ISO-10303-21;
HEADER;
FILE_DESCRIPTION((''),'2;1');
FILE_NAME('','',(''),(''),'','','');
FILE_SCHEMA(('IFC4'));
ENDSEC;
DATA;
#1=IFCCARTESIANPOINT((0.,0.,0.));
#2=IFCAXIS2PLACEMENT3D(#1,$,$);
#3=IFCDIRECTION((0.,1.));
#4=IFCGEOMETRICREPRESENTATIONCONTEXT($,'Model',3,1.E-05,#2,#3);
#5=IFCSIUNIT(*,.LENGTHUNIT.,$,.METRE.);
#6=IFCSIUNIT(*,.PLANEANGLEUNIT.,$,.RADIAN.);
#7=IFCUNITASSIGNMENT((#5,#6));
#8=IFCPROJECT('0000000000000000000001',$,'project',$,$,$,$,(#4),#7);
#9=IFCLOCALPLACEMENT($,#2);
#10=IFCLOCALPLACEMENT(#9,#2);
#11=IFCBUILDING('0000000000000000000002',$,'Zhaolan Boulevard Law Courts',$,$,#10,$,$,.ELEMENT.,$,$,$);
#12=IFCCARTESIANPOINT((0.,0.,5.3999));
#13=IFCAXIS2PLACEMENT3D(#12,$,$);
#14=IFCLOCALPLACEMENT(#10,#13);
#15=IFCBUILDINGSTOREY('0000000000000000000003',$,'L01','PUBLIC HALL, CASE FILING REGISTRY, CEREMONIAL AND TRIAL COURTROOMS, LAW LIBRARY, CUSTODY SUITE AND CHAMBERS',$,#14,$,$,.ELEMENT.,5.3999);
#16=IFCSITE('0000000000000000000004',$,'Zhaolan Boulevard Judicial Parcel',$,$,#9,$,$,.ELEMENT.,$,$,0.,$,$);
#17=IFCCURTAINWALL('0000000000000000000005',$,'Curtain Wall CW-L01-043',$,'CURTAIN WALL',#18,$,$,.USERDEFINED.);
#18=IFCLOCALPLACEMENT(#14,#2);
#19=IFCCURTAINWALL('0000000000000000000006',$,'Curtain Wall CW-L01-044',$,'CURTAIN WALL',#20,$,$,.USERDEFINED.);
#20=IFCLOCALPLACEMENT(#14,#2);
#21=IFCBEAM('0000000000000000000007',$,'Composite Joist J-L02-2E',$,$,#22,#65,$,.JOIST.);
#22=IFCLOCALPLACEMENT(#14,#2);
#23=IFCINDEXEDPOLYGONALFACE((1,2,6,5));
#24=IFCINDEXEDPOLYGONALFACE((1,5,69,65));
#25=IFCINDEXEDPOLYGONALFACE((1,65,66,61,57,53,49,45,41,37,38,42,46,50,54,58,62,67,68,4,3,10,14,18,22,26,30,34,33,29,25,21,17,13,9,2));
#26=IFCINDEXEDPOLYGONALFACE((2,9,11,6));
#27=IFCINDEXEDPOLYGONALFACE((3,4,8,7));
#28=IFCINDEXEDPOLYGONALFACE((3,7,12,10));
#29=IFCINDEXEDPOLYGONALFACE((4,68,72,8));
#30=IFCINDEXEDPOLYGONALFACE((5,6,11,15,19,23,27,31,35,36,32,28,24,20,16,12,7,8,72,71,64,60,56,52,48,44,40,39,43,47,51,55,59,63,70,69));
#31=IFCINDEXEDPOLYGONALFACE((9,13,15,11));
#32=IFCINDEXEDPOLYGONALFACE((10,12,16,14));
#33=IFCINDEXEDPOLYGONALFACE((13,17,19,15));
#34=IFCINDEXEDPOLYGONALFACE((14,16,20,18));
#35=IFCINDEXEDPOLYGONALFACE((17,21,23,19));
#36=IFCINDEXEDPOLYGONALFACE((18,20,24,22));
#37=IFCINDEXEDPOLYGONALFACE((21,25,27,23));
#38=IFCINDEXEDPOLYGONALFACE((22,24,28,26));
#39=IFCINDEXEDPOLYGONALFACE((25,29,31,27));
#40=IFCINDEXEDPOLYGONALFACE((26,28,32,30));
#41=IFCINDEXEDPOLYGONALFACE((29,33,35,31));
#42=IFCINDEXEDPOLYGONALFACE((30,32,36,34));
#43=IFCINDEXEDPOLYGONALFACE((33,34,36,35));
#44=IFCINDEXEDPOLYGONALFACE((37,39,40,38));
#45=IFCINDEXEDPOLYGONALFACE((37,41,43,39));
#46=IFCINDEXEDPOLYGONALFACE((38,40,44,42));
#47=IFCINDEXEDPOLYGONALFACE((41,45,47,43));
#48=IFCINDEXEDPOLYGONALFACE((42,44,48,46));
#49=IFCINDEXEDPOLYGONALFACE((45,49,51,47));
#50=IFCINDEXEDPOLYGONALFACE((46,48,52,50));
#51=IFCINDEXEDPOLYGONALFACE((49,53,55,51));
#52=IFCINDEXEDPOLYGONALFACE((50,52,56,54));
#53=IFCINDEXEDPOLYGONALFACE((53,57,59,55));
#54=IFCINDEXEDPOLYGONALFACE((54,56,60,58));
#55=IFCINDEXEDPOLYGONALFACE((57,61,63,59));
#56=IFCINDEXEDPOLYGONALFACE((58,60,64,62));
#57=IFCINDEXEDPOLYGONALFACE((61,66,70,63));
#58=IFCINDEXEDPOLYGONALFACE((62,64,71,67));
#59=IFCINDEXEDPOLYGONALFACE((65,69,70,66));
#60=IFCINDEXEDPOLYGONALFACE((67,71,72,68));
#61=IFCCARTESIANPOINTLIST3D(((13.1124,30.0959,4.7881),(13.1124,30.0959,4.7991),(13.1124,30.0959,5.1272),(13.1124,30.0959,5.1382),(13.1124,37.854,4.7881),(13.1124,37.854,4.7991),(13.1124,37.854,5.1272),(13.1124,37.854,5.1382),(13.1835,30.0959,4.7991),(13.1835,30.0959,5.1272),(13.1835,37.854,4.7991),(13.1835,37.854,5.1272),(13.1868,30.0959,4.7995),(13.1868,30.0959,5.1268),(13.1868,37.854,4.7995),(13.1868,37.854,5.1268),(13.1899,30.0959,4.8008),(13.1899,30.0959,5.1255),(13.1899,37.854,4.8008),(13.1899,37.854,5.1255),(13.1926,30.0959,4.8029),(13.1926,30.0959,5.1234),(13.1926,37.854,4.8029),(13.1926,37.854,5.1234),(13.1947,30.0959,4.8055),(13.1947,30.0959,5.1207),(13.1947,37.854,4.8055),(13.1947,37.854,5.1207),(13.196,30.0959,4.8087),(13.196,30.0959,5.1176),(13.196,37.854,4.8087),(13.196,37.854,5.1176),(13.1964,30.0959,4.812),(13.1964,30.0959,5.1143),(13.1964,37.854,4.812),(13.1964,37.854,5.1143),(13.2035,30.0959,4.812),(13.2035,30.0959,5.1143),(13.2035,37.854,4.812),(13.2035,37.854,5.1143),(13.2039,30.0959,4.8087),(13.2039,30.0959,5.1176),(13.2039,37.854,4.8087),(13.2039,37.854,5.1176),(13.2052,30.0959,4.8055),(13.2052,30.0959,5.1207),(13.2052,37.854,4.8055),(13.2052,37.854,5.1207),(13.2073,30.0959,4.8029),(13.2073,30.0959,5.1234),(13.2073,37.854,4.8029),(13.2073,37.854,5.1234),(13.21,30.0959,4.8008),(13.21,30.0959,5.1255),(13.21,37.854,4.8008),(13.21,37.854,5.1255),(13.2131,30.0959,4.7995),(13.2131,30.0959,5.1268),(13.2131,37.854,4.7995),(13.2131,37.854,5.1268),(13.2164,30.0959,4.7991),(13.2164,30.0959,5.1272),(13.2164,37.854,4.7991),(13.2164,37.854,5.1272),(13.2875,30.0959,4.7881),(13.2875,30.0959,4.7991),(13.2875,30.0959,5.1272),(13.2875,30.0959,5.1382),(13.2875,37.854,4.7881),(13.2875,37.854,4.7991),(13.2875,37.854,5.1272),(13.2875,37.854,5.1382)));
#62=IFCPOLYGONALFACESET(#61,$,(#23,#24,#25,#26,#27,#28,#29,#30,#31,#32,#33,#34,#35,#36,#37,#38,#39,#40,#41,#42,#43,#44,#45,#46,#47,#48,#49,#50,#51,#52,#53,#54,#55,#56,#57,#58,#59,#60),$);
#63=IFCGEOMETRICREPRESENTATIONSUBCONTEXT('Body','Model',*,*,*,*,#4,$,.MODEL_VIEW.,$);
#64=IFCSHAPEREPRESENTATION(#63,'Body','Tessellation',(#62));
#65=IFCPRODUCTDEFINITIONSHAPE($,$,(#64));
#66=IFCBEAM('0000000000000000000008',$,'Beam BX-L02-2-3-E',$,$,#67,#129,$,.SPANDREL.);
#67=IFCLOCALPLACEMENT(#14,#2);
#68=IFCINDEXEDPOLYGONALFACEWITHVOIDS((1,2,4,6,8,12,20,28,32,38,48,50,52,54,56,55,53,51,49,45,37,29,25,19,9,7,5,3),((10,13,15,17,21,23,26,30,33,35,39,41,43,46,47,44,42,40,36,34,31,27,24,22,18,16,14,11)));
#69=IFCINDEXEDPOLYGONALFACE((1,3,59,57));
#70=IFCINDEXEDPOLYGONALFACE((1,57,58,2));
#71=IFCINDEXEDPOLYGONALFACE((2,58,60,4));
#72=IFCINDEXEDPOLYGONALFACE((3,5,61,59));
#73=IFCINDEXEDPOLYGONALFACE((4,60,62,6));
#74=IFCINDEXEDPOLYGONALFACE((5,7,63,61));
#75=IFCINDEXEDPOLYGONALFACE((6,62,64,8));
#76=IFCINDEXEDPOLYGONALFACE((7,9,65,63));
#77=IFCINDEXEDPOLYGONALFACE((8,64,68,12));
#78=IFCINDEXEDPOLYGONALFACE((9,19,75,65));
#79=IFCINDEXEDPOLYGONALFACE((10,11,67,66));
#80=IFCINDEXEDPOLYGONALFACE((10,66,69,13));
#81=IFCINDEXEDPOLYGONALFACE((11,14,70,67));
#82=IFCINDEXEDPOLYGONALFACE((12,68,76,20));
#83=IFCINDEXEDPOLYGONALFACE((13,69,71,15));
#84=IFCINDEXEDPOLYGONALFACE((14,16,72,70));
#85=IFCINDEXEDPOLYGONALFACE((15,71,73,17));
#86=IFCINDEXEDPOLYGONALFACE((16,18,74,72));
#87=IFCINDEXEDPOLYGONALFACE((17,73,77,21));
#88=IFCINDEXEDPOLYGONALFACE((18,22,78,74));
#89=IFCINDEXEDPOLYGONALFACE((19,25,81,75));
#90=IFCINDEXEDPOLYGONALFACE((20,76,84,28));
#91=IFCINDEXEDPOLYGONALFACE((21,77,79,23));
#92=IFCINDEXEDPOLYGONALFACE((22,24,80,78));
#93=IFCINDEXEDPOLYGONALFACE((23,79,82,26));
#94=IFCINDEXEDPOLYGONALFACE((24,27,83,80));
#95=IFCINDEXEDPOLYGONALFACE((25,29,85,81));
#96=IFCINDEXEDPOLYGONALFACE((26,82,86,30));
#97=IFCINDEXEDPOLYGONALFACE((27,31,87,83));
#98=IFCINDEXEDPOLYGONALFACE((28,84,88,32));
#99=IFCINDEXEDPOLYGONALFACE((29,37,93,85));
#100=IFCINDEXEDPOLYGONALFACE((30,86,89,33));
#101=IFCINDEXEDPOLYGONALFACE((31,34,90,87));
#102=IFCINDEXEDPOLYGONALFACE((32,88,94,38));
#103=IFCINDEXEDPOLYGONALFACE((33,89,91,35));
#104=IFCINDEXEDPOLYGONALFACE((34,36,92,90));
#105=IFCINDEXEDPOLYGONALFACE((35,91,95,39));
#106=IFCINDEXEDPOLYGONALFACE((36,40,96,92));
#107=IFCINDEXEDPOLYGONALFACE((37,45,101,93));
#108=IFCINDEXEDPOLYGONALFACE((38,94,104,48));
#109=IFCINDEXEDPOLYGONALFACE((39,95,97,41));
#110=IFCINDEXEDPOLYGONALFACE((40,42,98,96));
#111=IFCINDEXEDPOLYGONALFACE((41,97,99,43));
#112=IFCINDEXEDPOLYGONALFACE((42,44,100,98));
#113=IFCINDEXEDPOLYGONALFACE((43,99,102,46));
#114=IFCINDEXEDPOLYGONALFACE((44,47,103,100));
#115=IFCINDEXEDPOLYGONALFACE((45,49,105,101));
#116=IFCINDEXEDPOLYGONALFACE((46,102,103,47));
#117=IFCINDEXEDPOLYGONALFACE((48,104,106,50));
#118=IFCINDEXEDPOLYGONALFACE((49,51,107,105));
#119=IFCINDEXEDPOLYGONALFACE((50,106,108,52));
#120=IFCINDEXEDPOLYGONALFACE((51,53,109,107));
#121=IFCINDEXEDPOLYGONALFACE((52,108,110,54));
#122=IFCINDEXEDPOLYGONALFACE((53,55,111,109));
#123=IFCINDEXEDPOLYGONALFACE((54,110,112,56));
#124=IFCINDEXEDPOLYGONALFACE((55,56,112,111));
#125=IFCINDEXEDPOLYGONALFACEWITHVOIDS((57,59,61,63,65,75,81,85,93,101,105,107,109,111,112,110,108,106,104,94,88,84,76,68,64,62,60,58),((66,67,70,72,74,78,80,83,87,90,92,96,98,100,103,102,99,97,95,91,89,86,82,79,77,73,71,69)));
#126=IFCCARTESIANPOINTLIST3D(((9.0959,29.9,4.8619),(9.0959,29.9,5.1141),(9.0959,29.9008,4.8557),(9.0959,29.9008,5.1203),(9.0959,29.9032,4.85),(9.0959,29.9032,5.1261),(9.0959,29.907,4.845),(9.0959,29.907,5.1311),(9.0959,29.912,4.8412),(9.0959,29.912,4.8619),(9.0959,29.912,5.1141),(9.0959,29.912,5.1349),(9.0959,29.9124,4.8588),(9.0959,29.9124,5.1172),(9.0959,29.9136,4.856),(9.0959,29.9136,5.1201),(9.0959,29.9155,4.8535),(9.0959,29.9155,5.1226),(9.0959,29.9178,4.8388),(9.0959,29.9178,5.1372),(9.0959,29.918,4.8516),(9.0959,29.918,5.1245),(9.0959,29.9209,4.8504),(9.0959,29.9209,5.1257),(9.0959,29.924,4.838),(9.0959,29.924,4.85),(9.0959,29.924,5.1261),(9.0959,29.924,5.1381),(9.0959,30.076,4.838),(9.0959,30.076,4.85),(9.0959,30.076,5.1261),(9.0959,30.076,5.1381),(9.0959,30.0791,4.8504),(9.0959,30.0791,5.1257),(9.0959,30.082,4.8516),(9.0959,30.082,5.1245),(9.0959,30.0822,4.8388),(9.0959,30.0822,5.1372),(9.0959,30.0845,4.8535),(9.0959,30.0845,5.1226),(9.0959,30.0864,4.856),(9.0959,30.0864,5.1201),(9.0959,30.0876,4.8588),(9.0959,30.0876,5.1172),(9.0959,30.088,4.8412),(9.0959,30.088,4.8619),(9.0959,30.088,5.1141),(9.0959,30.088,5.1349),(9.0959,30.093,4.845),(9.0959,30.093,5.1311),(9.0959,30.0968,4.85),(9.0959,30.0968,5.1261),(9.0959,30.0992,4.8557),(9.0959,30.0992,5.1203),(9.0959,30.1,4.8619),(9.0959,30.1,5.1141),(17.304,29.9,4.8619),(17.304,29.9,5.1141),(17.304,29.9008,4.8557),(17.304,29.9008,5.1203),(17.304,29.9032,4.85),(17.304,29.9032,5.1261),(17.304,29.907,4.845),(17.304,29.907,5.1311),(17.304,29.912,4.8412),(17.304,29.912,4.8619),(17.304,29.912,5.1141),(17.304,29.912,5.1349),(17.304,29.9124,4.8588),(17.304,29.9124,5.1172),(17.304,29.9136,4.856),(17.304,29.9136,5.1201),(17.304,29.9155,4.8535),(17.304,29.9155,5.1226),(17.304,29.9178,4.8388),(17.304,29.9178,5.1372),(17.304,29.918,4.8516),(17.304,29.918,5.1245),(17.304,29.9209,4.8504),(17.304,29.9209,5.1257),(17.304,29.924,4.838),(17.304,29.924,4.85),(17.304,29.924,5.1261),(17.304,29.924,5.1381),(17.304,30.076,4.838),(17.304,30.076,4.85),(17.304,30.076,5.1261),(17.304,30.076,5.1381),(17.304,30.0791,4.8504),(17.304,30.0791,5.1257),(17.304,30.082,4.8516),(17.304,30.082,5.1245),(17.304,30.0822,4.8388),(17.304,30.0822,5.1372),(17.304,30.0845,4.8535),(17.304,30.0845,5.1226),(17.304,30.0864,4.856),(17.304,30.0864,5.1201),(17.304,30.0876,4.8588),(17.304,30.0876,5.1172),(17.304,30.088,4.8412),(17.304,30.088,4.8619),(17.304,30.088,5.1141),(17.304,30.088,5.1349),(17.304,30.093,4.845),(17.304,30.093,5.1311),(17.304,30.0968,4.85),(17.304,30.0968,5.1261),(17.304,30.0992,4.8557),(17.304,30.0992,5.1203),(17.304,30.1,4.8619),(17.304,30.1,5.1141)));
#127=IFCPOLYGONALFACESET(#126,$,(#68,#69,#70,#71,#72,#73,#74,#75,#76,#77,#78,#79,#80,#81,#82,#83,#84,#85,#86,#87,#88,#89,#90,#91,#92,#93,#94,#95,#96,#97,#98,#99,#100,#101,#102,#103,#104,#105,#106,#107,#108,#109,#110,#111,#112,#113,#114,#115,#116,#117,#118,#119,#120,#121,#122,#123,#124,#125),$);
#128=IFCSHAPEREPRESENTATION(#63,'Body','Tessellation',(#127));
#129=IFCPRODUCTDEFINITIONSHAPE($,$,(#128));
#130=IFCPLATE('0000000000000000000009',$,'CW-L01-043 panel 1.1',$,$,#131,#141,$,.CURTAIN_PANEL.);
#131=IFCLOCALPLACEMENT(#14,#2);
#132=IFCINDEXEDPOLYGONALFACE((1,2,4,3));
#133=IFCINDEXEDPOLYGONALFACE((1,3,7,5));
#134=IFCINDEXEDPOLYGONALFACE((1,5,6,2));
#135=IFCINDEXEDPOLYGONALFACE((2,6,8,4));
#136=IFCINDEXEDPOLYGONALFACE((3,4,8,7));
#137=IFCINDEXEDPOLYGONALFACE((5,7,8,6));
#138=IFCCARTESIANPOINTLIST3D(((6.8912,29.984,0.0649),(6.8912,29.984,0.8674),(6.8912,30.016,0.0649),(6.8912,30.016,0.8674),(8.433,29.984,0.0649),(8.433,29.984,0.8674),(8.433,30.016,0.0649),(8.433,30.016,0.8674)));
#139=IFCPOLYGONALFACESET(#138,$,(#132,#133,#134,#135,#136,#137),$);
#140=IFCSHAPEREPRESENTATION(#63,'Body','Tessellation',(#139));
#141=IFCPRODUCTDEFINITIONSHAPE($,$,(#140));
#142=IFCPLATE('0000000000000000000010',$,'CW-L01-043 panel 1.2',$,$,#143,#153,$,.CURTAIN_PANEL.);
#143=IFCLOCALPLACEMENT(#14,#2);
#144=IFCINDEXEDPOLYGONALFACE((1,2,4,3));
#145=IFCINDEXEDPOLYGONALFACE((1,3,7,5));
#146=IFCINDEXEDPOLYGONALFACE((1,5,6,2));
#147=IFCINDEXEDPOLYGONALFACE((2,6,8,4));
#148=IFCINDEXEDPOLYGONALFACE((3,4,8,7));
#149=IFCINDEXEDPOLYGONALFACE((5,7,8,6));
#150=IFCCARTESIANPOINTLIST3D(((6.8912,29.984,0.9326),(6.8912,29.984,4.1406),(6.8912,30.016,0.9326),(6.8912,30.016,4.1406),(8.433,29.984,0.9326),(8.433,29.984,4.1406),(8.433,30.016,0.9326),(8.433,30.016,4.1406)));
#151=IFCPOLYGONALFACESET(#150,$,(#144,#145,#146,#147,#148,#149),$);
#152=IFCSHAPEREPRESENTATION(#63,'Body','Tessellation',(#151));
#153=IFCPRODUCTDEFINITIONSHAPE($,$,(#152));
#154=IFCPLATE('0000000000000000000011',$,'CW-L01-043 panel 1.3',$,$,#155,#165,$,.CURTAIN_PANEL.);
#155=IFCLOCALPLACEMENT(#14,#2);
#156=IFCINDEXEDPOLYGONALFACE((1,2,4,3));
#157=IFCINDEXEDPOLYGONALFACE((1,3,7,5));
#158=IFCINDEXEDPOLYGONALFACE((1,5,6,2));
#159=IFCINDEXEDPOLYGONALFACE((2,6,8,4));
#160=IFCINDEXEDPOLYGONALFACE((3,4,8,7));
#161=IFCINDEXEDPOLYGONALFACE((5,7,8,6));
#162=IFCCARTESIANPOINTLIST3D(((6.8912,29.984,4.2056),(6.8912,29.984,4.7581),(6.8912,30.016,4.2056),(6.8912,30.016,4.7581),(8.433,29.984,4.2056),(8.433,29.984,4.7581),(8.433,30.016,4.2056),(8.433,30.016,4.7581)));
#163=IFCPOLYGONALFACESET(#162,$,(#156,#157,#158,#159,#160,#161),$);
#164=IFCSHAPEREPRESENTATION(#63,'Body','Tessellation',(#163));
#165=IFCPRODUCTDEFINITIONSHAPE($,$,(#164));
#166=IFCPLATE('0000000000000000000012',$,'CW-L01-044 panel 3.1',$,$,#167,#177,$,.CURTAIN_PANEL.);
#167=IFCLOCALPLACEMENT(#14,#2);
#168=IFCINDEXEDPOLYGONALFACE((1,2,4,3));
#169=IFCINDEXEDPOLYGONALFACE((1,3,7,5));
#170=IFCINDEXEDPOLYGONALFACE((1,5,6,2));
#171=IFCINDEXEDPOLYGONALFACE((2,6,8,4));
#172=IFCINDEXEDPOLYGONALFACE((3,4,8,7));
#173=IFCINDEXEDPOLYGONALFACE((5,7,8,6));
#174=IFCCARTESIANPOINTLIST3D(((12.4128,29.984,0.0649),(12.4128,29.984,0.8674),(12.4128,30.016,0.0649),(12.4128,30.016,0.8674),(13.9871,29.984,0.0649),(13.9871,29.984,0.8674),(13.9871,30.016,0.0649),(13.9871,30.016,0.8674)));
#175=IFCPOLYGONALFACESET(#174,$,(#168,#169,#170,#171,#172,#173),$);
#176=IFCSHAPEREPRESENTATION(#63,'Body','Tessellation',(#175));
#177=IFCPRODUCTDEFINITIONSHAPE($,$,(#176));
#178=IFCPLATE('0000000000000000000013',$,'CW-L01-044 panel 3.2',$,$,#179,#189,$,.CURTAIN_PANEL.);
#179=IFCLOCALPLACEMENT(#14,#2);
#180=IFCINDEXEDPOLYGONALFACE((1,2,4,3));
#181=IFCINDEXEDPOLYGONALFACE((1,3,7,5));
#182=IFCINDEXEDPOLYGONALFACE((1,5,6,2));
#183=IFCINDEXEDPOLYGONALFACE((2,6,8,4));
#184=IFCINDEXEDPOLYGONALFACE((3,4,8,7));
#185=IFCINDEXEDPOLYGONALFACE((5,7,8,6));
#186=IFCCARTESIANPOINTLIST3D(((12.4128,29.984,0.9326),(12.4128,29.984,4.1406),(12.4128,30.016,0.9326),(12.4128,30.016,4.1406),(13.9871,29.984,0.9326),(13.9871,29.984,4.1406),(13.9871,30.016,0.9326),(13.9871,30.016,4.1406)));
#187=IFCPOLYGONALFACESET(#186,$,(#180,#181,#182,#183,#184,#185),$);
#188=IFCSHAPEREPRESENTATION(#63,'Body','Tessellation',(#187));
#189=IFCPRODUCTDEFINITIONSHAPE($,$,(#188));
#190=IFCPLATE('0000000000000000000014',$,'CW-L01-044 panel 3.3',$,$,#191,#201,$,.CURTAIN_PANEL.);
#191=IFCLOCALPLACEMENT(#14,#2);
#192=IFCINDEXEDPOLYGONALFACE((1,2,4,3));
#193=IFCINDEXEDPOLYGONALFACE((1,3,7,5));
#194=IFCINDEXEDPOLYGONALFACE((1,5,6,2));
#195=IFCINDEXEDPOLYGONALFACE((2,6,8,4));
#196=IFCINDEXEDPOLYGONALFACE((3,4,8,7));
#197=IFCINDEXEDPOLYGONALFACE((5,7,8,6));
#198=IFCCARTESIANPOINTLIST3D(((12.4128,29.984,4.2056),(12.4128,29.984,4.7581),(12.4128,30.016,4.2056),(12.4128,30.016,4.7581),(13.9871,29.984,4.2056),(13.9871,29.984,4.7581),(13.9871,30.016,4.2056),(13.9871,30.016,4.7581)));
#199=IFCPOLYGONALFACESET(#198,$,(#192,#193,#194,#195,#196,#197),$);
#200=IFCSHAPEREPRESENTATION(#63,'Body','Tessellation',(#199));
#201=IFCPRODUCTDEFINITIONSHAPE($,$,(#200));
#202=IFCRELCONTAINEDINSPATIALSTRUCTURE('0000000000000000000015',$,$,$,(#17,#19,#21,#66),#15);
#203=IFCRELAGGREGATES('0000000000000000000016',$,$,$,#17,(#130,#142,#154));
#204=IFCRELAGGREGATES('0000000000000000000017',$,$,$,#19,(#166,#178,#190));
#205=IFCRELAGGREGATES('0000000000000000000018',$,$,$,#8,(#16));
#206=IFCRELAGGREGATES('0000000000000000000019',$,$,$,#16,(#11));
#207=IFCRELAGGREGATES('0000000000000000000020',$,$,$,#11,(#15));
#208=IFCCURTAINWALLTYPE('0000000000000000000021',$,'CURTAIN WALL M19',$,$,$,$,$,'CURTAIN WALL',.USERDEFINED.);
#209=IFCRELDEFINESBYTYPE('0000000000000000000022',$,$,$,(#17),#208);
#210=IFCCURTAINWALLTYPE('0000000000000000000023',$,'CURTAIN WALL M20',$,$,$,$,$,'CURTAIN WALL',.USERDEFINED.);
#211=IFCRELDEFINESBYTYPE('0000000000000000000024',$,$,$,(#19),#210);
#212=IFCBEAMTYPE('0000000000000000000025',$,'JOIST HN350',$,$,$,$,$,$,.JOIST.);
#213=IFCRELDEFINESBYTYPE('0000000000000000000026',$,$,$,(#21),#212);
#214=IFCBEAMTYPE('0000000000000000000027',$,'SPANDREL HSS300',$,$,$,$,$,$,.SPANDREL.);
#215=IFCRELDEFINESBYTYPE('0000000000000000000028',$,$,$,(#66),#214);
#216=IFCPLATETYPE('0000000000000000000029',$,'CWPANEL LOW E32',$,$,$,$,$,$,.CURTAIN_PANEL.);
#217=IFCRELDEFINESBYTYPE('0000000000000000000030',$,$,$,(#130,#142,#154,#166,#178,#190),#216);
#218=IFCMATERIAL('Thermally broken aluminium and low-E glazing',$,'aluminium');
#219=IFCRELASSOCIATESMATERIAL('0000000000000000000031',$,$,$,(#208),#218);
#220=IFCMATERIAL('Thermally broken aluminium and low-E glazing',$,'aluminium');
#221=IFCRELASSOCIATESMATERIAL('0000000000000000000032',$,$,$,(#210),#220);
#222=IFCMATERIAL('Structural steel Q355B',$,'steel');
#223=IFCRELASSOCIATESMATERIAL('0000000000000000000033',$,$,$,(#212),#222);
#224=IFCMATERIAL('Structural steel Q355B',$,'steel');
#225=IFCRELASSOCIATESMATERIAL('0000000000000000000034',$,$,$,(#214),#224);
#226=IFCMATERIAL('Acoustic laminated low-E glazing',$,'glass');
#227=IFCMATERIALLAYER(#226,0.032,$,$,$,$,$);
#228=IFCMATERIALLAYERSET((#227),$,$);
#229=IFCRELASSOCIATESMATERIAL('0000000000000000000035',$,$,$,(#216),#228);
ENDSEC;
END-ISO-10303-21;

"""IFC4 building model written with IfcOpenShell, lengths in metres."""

from ifc_helpers import new_model, si_unit, direction, frame, origin, origin_2d, place, context, subcontext, project, spatial, rectangle, hollow_rectangle, i_section, extrude, material, layer, layer_set, material_profile, profile_set, type_object, element, aggregate, save


model = new_model("IFC4")

# Units and contexts
model_context = context("Model", 3, precision=1e-05, world=origin(), true_north=direction((0.0, 1.0)))
body_context = subcontext(model_context, "Body", "Model", "MODEL_VIEW")
ifc_project = project(units=[si_unit("LENGTHUNIT", "METRE"), si_unit("PLANEANGLEUNIT", "RADIAN")], contexts=[model_context])

# Site, building, storey
site_placement = place(None, origin())
site = spatial("IfcSite", under=ifc_project, at=site_placement, Name="Zhaolan Boulevard Judicial Parcel", CompositionType="ELEMENT", RefElevation=0.0)
building_placement = place(site_placement, origin())
building = spatial("IfcBuilding", under=site, at=building_placement, Name="Zhaolan Boulevard Law Courts", CompositionType="ELEMENT")
storey_placement = place(building_placement, frame((0.0, 0.0, 5.3999)))
storey = spatial("IfcBuildingStorey", under=building, at=storey_placement, Name="L01", Description="PUBLIC HALL, CASE FILING REGISTRY, CEREMONIAL AND TRIAL COURTROOMS, LAW LIBRARY, CUSTODY SUITE AND CHAMBERS", CompositionType="ELEMENT", Elevation=5.3999)

# Curtain walls
ifc_material_1 = material(Name="Thermally broken aluminium and low-E glazing", Category="aluminium")
curtain_wall_type_1 = type_object("IfcCurtainWallType", Name="CURTAIN WALL M19", ElementType="CURTAIN WALL", PredefinedType="USERDEFINED", material=ifc_material_1)
curtain_wall_1_placement = place(storey_placement, origin())
curtain_wall_1 = element("IfcCurtainWall", 1, at=curtain_wall_1_placement, inside=storey, type_object=curtain_wall_type_1, Name="Curtain Wall CW-L01-043", ObjectType="CURTAIN WALL", PredefinedType="USERDEFINED")
ifc_material_2 = material(Name="Thermally broken aluminium and low-E glazing", Category="aluminium")
curtain_wall_type_2 = type_object("IfcCurtainWallType", Name="CURTAIN WALL M20", ElementType="CURTAIN WALL", PredefinedType="USERDEFINED", material=ifc_material_2)
curtain_wall_2_placement = place(storey_placement, origin())
curtain_wall_2 = element("IfcCurtainWall", 2, at=curtain_wall_2_placement, inside=storey, type_object=curtain_wall_type_2, Name="Curtain Wall CW-L01-044", ObjectType="CURTAIN WALL", PredefinedType="USERDEFINED")

# Beams
ifc_material_3 = material(Name="Structural steel Q355B", Category="steel")
ifc_material_profile_1 = material_profile(ifc_material_3, i_section(OverallWidth=0.175, OverallDepth=0.3501, WebThickness=0.0071, FlangeThickness=0.011, FilletRadius=0.0129, at=origin_2d()), Name="HN350x175")
ifc_profile_set_1 = profile_set([ifc_material_profile_1], Name="Structural steel Q355B")
beam_type_1 = type_object("IfcBeamType", Name="JOIST HN350", PredefinedType="JOIST", material=ifc_profile_set_1)
beam_1_placement = place(storey_placement, frame((13.2, 30.0959, 4.9631), z_axis=(0.0, 1.0, 0.0), x_axis=(-1.0, 0.0, 0.0)))
element("IfcBeam", 3, at=beam_1_placement, inside=storey, type_object=beam_type_1, Name="Composite Joist J-L02-2E", PredefinedType="JOIST", context=body_context, shape_type="SweptSolid", body=[
    extrude(i_section(OverallWidth=0.175, OverallDepth=0.3501, WebThickness=0.0071, FlangeThickness=0.011, FilletRadius=0.0129, at=origin_2d()), origin(), (0.0, 0.0, 1.0), 7.7581),
])
ifc_material_4 = material(Name="Structural steel Q355B", Category="steel")
ifc_material_profile_2 = material_profile(ifc_material_4, hollow_rectangle(XDim=0.2, YDim=0.3, WallThickness=0.012, InnerFilletRadius=0.012, OuterFilletRadius=0.0239, at=origin_2d()), Name="HSS300x200x12")
ifc_profile_set_2 = profile_set([ifc_material_profile_2], Name="Structural steel Q355B")
beam_type_2 = type_object("IfcBeamType", Name="SPANDREL HSS300", PredefinedType="SPANDREL", material=ifc_profile_set_2)
beam_2_placement = place(storey_placement, frame((9.0959, 30.0, 4.988), z_axis=(1.0, 0.0, 0.0), x_axis=(0.0, 1.0, 0.0)))
element("IfcBeam", 4, at=beam_2_placement, inside=storey, type_object=beam_type_2, Name="Beam BX-L02-2-3-E", PredefinedType="SPANDREL", context=body_context, shape_type="SweptSolid", body=[
    extrude(hollow_rectangle(XDim=0.2, YDim=0.3, WallThickness=0.012, InnerFilletRadius=0.012, OuterFilletRadius=0.0239, at=origin_2d()), origin(), (0.0, 0.0, 1.0), 8.208),
])

# Plates
ifc_material_5 = material(Name="Acoustic laminated low-E glazing", Category="glass")
ifc_layer_1 = layer(ifc_material_5, 0.032)
ifc_layer_set_1 = layer_set([ifc_layer_1])
plate_type_1 = type_object("IfcPlateType", Name="CWPANEL LOW E32", PredefinedType="CURTAIN_PANEL", material=ifc_layer_set_1)
plate_1_placement = place(storey_placement, frame((7.6621, 30.0, 0.0649), z_axis=(0.0, 0.0, 1.0), x_axis=(-1.0, 0.0, 0.0)))
plate_1 = element("IfcPlate", 5, at=plate_1_placement, type_object=plate_type_1, Name="CW-L01-043 panel 1.1", PredefinedType="CURTAIN_PANEL", context=body_context, shape_type="SweptSolid", body=[
    extrude(rectangle(XDim=1.5417, YDim=0.032, at=origin_2d()), origin(), (0.0, 0.0, 1.0), 0.8025),
])
plate_2_placement = place(storey_placement, frame((7.6621, 30.0, 0.9326), z_axis=(0.0, 0.0, 1.0), x_axis=(-1.0, 0.0, 0.0)))
plate_2 = element("IfcPlate", 6, at=plate_2_placement, type_object=plate_type_1, Name="CW-L01-043 panel 1.2", PredefinedType="CURTAIN_PANEL", context=body_context, shape_type="SweptSolid", body=[
    extrude(rectangle(XDim=1.5417, YDim=0.032, at=origin_2d()), origin(), (0.0, 0.0, 1.0), 3.208),
])
plate_3_placement = place(storey_placement, frame((7.6621, 30.0, 4.2056), z_axis=(0.0, 0.0, 1.0), x_axis=(-1.0, 0.0, 0.0)))
plate_3 = element("IfcPlate", 7, at=plate_3_placement, type_object=plate_type_1, Name="CW-L01-043 panel 1.3", PredefinedType="CURTAIN_PANEL", context=body_context, shape_type="SweptSolid", body=[
    extrude(rectangle(XDim=1.5417, YDim=0.032, at=origin_2d()), origin(), (0.0, 0.0, 1.0), 0.5525),
])
aggregate(curtain_wall_1, [plate_1, plate_2, plate_3])
plate_4_placement = place(storey_placement, frame((13.2, 30.0, 0.0649), z_axis=(0.0, 0.0, 1.0), x_axis=(-1.0, 0.0, 0.0)))
plate_4 = element("IfcPlate", 8, at=plate_4_placement, type_object=plate_type_1, Name="CW-L01-044 panel 3.1", PredefinedType="CURTAIN_PANEL", context=body_context, shape_type="SweptSolid", body=[
    extrude(rectangle(XDim=1.5742, YDim=0.032, at=origin_2d()), origin(), (0.0, 0.0, 1.0), 0.8025),
])
plate_5_placement = place(storey_placement, frame((13.2, 30.0, 0.9326), z_axis=(0.0, 0.0, 1.0), x_axis=(-1.0, 0.0, 0.0)))
plate_5 = element("IfcPlate", 9, at=plate_5_placement, type_object=plate_type_1, Name="CW-L01-044 panel 3.2", PredefinedType="CURTAIN_PANEL", context=body_context, shape_type="SweptSolid", body=[
    extrude(rectangle(XDim=1.5742, YDim=0.032, at=origin_2d()), origin(), (0.0, 0.0, 1.0), 3.208),
])
plate_6_placement = place(storey_placement, frame((13.2, 30.0, 4.2056), z_axis=(0.0, 0.0, 1.0), x_axis=(-1.0, 0.0, 0.0)))
plate_6 = element("IfcPlate", 10, at=plate_6_placement, type_object=plate_type_1, Name="CW-L01-044 panel 3.3", PredefinedType="CURTAIN_PANEL", context=body_context, shape_type="SweptSolid", body=[
    extrude(rectangle(XDim=1.5742, YDim=0.032, at=origin_2d()), origin(), (0.0, 0.0, 1.0), 0.5525),
])
aggregate(curtain_wall_2, [plate_4, plate_5, plate_6])

save(model, "model.ifc")
